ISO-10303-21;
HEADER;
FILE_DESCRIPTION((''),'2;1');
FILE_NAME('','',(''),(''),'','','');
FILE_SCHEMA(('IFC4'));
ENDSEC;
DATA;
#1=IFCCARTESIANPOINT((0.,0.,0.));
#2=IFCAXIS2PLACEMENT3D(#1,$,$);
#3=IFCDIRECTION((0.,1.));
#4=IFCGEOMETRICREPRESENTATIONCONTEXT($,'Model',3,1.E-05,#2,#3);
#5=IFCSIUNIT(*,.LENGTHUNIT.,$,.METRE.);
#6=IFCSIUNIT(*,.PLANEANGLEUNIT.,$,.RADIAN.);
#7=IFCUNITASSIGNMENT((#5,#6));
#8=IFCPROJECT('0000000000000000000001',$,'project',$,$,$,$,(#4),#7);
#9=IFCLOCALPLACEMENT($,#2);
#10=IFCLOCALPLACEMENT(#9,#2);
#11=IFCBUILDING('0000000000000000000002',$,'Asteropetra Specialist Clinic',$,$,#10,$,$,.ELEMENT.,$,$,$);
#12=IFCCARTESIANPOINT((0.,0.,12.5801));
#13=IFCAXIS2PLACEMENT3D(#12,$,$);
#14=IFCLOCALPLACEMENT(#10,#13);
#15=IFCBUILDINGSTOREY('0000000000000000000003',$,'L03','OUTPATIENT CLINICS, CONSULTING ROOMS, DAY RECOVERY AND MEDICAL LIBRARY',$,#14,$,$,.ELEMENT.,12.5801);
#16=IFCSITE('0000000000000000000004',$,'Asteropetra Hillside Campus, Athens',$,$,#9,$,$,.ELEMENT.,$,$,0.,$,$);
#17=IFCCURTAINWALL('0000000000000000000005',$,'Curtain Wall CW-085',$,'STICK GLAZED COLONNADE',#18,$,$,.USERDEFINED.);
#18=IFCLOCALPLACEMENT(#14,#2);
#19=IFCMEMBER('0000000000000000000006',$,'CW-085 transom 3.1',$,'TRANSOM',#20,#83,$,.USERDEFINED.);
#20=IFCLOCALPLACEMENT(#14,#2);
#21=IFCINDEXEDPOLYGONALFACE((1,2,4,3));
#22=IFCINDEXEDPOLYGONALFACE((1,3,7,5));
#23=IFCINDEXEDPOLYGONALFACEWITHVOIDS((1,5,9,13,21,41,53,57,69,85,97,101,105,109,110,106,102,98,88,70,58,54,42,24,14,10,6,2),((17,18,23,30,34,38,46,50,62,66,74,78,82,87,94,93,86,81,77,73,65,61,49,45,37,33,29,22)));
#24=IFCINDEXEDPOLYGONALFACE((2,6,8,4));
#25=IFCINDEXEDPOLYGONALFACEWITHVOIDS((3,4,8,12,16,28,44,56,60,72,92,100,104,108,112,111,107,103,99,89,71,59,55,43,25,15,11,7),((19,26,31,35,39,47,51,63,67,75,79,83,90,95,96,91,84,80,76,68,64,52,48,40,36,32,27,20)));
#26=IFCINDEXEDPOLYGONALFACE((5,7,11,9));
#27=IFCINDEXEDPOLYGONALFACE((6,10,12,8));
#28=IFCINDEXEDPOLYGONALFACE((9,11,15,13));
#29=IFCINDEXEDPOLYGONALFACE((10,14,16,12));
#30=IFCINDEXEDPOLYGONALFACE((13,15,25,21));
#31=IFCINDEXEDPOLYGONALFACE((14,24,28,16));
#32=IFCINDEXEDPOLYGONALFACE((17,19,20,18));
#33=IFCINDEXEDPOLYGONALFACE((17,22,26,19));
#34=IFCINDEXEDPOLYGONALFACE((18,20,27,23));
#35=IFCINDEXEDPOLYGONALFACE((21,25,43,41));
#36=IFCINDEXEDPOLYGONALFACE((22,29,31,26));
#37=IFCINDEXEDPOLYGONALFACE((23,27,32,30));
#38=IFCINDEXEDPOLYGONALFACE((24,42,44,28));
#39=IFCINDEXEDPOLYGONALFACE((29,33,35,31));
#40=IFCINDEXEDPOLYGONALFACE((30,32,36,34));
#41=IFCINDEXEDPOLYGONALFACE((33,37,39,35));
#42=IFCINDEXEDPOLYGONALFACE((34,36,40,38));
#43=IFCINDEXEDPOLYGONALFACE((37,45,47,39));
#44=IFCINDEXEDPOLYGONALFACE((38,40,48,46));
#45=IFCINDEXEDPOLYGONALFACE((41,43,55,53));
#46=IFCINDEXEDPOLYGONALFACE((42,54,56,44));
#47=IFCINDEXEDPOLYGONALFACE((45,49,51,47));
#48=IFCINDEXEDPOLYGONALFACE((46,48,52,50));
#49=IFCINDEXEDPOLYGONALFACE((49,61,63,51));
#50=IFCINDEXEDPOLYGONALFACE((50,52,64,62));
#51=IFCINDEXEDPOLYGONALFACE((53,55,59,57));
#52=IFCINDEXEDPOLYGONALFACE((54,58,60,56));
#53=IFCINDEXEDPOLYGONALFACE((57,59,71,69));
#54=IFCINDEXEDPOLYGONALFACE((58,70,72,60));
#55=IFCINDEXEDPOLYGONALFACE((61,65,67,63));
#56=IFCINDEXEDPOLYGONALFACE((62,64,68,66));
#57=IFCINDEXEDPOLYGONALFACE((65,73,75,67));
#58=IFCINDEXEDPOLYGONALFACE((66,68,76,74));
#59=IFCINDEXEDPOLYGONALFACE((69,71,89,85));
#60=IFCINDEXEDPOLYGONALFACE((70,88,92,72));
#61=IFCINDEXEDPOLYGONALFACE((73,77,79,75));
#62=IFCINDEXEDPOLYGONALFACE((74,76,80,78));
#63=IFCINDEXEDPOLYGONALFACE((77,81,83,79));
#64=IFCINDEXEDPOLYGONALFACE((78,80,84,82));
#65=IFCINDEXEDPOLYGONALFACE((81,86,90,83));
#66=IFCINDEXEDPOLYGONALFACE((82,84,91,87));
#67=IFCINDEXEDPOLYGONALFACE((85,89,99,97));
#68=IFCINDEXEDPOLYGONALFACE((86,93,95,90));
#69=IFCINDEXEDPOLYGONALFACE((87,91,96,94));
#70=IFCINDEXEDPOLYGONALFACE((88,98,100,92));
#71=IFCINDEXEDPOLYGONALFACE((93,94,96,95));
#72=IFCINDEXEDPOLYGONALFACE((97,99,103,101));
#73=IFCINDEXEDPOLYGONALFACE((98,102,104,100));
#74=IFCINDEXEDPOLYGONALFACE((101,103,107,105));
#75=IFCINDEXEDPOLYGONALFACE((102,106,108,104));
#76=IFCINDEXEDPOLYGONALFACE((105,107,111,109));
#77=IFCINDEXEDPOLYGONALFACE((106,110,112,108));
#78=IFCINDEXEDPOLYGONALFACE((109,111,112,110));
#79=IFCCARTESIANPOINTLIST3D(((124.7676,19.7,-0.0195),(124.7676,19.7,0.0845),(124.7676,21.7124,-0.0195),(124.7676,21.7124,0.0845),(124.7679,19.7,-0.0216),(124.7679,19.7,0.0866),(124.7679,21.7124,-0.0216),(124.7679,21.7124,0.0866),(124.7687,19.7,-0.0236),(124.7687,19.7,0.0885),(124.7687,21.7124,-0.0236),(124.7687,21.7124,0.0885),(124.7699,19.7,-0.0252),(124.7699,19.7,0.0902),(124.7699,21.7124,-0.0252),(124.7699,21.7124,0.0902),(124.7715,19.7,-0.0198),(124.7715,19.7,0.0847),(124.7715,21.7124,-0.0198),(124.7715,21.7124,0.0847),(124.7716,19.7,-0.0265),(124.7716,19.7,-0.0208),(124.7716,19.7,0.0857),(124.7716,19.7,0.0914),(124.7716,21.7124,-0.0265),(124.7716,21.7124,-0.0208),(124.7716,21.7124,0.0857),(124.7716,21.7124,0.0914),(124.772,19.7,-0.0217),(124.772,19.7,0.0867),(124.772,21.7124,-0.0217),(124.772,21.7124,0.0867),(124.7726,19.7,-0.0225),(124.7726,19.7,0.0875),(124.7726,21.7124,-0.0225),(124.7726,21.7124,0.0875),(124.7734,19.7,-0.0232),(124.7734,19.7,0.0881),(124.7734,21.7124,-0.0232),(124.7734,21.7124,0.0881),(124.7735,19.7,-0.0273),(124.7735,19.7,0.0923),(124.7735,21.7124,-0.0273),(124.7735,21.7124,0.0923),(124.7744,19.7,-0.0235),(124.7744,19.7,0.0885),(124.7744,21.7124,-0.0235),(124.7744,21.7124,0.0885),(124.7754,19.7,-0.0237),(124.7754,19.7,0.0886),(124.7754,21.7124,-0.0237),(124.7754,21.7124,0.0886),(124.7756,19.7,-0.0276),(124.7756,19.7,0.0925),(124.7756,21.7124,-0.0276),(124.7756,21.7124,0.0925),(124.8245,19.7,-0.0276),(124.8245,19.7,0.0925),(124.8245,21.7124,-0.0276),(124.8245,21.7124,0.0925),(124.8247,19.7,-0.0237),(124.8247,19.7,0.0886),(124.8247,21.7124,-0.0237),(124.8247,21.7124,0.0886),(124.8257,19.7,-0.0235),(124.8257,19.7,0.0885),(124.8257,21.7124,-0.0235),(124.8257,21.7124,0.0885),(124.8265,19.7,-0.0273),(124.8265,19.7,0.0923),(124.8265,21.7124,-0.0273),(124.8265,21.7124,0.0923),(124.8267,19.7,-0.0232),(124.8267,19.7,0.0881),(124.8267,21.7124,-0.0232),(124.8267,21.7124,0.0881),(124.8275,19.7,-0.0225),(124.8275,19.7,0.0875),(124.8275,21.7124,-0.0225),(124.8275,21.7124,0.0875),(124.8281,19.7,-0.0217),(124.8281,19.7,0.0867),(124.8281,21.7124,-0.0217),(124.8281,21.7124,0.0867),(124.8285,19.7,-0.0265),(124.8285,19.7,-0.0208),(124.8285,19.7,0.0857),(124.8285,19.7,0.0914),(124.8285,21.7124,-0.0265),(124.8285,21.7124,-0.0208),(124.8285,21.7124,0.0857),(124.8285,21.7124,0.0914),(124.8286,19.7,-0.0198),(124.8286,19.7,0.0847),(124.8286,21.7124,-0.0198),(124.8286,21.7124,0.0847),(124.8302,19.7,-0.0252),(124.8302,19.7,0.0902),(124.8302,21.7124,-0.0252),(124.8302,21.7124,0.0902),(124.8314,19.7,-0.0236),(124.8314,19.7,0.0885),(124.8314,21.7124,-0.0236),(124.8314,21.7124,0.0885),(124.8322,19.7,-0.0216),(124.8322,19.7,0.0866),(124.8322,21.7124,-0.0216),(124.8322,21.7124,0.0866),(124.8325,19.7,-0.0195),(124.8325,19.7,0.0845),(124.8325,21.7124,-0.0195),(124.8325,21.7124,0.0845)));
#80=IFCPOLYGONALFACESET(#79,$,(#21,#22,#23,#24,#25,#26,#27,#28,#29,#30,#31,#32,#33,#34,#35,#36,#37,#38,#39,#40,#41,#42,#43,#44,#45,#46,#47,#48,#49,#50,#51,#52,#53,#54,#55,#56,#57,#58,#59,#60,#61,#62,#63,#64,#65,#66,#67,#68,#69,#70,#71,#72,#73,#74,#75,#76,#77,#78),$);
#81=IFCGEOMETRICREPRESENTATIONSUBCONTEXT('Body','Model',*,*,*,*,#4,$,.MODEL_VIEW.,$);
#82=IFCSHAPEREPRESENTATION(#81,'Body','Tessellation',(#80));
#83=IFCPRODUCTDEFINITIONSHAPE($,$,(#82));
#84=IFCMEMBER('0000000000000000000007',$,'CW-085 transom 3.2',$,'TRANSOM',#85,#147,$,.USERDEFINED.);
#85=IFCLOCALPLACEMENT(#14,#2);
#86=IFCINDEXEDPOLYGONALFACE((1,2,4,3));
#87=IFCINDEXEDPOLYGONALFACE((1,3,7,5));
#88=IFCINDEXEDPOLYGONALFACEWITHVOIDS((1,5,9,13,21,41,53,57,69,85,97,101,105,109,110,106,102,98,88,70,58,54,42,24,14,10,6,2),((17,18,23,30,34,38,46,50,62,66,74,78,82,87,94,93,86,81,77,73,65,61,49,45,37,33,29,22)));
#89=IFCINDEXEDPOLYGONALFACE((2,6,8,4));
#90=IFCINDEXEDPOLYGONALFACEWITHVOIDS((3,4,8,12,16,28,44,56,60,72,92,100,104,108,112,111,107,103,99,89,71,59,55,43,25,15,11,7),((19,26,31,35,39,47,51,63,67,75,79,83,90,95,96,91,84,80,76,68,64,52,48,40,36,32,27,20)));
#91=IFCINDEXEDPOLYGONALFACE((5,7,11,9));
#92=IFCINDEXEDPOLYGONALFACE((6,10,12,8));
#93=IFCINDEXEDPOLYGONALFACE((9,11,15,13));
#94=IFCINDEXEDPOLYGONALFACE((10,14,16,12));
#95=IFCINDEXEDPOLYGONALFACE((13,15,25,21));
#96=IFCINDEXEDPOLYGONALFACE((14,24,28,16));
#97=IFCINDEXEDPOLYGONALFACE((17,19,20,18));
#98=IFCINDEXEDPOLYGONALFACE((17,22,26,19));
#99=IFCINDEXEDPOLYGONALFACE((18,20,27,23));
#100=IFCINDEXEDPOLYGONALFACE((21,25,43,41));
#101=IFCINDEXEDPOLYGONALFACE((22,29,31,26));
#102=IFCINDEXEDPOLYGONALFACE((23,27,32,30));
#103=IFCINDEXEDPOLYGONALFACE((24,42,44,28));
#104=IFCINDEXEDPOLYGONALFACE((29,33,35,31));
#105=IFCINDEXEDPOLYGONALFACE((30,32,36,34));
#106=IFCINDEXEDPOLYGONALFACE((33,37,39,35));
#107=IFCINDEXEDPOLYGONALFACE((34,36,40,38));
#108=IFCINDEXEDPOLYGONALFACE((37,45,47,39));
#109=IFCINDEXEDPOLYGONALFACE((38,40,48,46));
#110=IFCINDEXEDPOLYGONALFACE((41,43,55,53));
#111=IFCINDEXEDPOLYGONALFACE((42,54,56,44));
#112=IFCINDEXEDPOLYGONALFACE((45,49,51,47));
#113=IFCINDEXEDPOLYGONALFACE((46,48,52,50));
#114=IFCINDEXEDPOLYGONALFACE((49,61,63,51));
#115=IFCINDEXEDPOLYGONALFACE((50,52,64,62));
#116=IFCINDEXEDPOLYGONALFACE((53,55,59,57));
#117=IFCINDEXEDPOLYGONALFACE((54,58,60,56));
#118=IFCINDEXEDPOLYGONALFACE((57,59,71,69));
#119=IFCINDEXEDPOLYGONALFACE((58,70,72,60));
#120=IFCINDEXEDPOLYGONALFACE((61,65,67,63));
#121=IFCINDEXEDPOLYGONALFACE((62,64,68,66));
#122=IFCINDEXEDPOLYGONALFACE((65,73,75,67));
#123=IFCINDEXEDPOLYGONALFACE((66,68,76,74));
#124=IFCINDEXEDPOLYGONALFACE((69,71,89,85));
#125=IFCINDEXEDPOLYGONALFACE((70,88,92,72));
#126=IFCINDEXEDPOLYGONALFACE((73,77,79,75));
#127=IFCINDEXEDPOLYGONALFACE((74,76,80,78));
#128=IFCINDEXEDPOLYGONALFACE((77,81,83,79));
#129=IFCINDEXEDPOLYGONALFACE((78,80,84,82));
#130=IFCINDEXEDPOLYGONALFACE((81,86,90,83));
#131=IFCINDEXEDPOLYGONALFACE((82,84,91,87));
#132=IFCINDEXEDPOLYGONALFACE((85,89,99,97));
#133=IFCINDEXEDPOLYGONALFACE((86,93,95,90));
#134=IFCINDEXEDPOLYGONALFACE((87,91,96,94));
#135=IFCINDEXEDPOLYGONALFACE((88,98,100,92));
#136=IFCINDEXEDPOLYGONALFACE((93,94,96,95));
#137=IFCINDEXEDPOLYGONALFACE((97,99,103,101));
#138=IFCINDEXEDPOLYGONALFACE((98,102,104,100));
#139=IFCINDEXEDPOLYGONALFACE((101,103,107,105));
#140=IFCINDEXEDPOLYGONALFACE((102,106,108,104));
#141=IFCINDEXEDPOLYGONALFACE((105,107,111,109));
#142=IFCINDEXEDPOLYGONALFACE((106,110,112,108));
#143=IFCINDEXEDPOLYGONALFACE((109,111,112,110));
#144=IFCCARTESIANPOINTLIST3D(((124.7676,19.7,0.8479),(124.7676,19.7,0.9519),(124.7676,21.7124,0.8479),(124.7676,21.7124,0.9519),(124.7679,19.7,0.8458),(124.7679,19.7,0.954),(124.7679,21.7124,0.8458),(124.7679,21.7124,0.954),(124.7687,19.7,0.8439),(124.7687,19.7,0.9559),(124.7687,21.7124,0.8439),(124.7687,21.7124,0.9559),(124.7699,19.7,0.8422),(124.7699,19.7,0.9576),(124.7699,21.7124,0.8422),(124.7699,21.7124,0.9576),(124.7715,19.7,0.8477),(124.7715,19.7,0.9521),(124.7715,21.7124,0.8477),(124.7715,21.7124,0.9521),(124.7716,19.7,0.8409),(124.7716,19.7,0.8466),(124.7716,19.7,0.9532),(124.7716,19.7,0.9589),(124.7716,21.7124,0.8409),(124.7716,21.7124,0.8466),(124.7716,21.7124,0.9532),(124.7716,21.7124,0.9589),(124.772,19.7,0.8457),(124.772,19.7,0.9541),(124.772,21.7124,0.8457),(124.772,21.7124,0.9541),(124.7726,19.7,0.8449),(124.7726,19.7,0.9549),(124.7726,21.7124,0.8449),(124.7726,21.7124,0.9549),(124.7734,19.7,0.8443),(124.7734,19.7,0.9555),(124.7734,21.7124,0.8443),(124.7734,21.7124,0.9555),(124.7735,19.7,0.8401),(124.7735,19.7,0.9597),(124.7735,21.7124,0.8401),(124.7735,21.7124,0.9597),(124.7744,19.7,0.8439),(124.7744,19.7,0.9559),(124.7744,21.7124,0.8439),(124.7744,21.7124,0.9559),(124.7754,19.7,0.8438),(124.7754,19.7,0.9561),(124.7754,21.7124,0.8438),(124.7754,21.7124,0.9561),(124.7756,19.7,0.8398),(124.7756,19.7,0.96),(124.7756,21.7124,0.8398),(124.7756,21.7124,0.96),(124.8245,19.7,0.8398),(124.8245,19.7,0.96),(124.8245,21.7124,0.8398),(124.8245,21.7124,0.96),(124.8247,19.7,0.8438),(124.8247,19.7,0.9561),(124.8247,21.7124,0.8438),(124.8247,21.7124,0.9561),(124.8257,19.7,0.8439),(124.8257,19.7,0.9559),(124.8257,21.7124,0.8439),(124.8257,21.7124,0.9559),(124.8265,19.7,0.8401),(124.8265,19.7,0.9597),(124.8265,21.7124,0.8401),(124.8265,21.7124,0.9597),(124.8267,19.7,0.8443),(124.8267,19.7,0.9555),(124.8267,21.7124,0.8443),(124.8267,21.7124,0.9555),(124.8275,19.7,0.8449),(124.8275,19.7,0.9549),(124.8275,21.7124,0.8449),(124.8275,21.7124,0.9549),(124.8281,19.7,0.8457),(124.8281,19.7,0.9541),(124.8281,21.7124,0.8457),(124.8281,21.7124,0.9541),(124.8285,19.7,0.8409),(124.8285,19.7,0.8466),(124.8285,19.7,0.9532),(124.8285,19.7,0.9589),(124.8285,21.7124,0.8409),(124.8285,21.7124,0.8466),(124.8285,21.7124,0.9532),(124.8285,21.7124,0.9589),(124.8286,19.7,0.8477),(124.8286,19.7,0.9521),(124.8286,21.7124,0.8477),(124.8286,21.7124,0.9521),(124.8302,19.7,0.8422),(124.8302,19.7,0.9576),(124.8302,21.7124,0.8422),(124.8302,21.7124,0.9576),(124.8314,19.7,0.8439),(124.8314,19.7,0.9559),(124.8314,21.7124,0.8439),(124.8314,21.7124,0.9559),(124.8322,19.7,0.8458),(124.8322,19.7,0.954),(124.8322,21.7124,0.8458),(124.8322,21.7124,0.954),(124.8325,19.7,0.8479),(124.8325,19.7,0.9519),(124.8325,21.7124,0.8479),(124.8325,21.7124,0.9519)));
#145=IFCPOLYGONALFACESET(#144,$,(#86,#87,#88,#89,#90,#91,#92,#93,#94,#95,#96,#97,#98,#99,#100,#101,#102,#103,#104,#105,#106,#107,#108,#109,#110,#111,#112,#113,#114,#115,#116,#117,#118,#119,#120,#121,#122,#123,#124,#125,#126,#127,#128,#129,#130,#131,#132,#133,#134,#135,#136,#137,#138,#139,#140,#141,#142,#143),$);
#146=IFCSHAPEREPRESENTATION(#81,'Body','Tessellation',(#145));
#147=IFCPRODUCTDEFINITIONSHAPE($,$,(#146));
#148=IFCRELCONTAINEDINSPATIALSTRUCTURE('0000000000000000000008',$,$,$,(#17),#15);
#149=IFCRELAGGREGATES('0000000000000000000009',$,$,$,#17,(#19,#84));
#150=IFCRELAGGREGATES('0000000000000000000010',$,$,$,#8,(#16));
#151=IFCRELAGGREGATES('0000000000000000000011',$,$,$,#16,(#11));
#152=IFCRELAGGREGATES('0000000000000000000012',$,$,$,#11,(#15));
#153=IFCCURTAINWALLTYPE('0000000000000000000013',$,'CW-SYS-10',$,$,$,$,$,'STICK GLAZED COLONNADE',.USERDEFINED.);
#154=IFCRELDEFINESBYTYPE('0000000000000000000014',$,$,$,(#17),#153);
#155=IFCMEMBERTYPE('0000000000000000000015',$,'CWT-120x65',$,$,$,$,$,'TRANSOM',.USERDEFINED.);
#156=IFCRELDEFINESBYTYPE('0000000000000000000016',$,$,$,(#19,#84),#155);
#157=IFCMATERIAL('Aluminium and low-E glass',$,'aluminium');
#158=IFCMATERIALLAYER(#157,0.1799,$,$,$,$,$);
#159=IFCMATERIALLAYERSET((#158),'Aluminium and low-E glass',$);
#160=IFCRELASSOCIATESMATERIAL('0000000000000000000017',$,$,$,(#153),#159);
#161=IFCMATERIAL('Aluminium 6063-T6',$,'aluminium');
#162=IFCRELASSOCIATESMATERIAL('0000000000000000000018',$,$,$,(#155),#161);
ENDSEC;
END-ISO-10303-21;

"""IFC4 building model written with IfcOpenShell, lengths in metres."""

from ifc_helpers import new_model, si_unit, direction, frame, origin, origin_2d, place, context, subcontext, project, spatial, hollow_rectangle, extrude, material, layer, layer_set, material_profile, profile_set, type_object, element, aggregate, save


model = new_model("IFC4")

# Units and contexts
model_context = context("Model", 3, precision=1e-05, world=origin(), true_north=direction((0.0, 1.0)))
body_context = subcontext(model_context, "Body", "Model", "MODEL_VIEW")
ifc_project = project(units=[si_unit("LENGTHUNIT", "METRE"), si_unit("PLANEANGLEUNIT", "RADIAN")], contexts=[model_context])

# Site, building, storey
site_placement = place(None, origin())
site = spatial("IfcSite", under=ifc_project, at=site_placement, Name="Asteropetra Hillside Campus, Athens", CompositionType="ELEMENT", RefElevation=0.0)
building_placement = place(site_placement, origin())
building = spatial("IfcBuilding", under=site, at=building_placement, Name="Asteropetra Specialist Clinic", CompositionType="ELEMENT")
storey_placement = place(building_placement, frame((0.0, 0.0, 12.5801)))
storey = spatial("IfcBuildingStorey", under=building, at=storey_placement, Name="L03", Description="OUTPATIENT CLINICS, CONSULTING ROOMS, DAY RECOVERY AND MEDICAL LIBRARY", CompositionType="ELEMENT", Elevation=12.5801)

# Curtain wall
ifc_material_1 = material(Name="Aluminium and low-E glass", Category="aluminium")
ifc_layer_1 = layer(ifc_material_1, 0.1799)
ifc_layer_set_1 = layer_set([ifc_layer_1], Name="Aluminium and low-E glass")
curtain_wall_type_1 = type_object("IfcCurtainWallType", Name="CW-SYS-10", ElementType="STICK GLAZED COLONNADE", PredefinedType="USERDEFINED", material=ifc_layer_set_1)
curtain_wall_1_placement = place(storey_placement, origin())
curtain_wall_1 = element("IfcCurtainWall", 1, at=curtain_wall_1_placement, inside=storey, type_object=curtain_wall_type_1, Name="Curtain Wall CW-085", ObjectType="STICK GLAZED COLONNADE", PredefinedType="USERDEFINED")

# Members
ifc_material_2 = material(Name="Aluminium 6063-T6", Category="aluminium")
ifc_material_profile_1 = material_profile(ifc_material_2, hollow_rectangle(XDim=0.0649, YDim=0.1201, WallThickness=0.0039, InnerFilletRadius=0.0039, OuterFilletRadius=0.0081, at=origin_2d()), Name="TRN 120x65x4.0")
ifc_profile_set_1 = profile_set([ifc_material_profile_1], Name="Aluminium 6063-T6")
member_type_1 = type_object("IfcMemberType", Name="CWT-120x65", ElementType="TRANSOM", PredefinedType="USERDEFINED", material=ifc_profile_set_1)
member_1_placement = place(storey_placement, frame((124.8, 21.7124, 0.0325), z_axis=(0.0, -1.0, 0.0), x_axis=(1.0, 0.0, 0.0)))
member_1 = element("IfcMember", 2, at=member_1_placement, type_object=member_type_1, Name="CW-085 transom 3.1", ObjectType="TRANSOM", PredefinedType="USERDEFINED", context=body_context, shape_type="SweptSolid", body=[
    extrude(hollow_rectangle(XDim=0.0649, YDim=0.1201, WallThickness=0.0039, InnerFilletRadius=0.0039, OuterFilletRadius=0.0081, at=origin_2d()), origin(), (0.0, 0.0, 1.0), 2.0125),
])
member_2_placement = place(storey_placement, frame((124.8, 21.7124, 0.8999), z_axis=(0.0, -1.0, 0.0), x_axis=(1.0, 0.0, 0.0)))
member_2 = element("IfcMember", 3, at=member_2_placement, type_object=member_type_1, Name="CW-085 transom 3.2", ObjectType="TRANSOM", PredefinedType="USERDEFINED", context=body_context, shape_type="SweptSolid", body=[
    extrude(hollow_rectangle(XDim=0.0649, YDim=0.1201, WallThickness=0.0039, InnerFilletRadius=0.0039, OuterFilletRadius=0.0081, at=origin_2d()), origin(), (0.0, 0.0, 1.0), 2.0125),
])

aggregate(curtain_wall_1, [member_1, member_2])

save(model, "model.ifc")
